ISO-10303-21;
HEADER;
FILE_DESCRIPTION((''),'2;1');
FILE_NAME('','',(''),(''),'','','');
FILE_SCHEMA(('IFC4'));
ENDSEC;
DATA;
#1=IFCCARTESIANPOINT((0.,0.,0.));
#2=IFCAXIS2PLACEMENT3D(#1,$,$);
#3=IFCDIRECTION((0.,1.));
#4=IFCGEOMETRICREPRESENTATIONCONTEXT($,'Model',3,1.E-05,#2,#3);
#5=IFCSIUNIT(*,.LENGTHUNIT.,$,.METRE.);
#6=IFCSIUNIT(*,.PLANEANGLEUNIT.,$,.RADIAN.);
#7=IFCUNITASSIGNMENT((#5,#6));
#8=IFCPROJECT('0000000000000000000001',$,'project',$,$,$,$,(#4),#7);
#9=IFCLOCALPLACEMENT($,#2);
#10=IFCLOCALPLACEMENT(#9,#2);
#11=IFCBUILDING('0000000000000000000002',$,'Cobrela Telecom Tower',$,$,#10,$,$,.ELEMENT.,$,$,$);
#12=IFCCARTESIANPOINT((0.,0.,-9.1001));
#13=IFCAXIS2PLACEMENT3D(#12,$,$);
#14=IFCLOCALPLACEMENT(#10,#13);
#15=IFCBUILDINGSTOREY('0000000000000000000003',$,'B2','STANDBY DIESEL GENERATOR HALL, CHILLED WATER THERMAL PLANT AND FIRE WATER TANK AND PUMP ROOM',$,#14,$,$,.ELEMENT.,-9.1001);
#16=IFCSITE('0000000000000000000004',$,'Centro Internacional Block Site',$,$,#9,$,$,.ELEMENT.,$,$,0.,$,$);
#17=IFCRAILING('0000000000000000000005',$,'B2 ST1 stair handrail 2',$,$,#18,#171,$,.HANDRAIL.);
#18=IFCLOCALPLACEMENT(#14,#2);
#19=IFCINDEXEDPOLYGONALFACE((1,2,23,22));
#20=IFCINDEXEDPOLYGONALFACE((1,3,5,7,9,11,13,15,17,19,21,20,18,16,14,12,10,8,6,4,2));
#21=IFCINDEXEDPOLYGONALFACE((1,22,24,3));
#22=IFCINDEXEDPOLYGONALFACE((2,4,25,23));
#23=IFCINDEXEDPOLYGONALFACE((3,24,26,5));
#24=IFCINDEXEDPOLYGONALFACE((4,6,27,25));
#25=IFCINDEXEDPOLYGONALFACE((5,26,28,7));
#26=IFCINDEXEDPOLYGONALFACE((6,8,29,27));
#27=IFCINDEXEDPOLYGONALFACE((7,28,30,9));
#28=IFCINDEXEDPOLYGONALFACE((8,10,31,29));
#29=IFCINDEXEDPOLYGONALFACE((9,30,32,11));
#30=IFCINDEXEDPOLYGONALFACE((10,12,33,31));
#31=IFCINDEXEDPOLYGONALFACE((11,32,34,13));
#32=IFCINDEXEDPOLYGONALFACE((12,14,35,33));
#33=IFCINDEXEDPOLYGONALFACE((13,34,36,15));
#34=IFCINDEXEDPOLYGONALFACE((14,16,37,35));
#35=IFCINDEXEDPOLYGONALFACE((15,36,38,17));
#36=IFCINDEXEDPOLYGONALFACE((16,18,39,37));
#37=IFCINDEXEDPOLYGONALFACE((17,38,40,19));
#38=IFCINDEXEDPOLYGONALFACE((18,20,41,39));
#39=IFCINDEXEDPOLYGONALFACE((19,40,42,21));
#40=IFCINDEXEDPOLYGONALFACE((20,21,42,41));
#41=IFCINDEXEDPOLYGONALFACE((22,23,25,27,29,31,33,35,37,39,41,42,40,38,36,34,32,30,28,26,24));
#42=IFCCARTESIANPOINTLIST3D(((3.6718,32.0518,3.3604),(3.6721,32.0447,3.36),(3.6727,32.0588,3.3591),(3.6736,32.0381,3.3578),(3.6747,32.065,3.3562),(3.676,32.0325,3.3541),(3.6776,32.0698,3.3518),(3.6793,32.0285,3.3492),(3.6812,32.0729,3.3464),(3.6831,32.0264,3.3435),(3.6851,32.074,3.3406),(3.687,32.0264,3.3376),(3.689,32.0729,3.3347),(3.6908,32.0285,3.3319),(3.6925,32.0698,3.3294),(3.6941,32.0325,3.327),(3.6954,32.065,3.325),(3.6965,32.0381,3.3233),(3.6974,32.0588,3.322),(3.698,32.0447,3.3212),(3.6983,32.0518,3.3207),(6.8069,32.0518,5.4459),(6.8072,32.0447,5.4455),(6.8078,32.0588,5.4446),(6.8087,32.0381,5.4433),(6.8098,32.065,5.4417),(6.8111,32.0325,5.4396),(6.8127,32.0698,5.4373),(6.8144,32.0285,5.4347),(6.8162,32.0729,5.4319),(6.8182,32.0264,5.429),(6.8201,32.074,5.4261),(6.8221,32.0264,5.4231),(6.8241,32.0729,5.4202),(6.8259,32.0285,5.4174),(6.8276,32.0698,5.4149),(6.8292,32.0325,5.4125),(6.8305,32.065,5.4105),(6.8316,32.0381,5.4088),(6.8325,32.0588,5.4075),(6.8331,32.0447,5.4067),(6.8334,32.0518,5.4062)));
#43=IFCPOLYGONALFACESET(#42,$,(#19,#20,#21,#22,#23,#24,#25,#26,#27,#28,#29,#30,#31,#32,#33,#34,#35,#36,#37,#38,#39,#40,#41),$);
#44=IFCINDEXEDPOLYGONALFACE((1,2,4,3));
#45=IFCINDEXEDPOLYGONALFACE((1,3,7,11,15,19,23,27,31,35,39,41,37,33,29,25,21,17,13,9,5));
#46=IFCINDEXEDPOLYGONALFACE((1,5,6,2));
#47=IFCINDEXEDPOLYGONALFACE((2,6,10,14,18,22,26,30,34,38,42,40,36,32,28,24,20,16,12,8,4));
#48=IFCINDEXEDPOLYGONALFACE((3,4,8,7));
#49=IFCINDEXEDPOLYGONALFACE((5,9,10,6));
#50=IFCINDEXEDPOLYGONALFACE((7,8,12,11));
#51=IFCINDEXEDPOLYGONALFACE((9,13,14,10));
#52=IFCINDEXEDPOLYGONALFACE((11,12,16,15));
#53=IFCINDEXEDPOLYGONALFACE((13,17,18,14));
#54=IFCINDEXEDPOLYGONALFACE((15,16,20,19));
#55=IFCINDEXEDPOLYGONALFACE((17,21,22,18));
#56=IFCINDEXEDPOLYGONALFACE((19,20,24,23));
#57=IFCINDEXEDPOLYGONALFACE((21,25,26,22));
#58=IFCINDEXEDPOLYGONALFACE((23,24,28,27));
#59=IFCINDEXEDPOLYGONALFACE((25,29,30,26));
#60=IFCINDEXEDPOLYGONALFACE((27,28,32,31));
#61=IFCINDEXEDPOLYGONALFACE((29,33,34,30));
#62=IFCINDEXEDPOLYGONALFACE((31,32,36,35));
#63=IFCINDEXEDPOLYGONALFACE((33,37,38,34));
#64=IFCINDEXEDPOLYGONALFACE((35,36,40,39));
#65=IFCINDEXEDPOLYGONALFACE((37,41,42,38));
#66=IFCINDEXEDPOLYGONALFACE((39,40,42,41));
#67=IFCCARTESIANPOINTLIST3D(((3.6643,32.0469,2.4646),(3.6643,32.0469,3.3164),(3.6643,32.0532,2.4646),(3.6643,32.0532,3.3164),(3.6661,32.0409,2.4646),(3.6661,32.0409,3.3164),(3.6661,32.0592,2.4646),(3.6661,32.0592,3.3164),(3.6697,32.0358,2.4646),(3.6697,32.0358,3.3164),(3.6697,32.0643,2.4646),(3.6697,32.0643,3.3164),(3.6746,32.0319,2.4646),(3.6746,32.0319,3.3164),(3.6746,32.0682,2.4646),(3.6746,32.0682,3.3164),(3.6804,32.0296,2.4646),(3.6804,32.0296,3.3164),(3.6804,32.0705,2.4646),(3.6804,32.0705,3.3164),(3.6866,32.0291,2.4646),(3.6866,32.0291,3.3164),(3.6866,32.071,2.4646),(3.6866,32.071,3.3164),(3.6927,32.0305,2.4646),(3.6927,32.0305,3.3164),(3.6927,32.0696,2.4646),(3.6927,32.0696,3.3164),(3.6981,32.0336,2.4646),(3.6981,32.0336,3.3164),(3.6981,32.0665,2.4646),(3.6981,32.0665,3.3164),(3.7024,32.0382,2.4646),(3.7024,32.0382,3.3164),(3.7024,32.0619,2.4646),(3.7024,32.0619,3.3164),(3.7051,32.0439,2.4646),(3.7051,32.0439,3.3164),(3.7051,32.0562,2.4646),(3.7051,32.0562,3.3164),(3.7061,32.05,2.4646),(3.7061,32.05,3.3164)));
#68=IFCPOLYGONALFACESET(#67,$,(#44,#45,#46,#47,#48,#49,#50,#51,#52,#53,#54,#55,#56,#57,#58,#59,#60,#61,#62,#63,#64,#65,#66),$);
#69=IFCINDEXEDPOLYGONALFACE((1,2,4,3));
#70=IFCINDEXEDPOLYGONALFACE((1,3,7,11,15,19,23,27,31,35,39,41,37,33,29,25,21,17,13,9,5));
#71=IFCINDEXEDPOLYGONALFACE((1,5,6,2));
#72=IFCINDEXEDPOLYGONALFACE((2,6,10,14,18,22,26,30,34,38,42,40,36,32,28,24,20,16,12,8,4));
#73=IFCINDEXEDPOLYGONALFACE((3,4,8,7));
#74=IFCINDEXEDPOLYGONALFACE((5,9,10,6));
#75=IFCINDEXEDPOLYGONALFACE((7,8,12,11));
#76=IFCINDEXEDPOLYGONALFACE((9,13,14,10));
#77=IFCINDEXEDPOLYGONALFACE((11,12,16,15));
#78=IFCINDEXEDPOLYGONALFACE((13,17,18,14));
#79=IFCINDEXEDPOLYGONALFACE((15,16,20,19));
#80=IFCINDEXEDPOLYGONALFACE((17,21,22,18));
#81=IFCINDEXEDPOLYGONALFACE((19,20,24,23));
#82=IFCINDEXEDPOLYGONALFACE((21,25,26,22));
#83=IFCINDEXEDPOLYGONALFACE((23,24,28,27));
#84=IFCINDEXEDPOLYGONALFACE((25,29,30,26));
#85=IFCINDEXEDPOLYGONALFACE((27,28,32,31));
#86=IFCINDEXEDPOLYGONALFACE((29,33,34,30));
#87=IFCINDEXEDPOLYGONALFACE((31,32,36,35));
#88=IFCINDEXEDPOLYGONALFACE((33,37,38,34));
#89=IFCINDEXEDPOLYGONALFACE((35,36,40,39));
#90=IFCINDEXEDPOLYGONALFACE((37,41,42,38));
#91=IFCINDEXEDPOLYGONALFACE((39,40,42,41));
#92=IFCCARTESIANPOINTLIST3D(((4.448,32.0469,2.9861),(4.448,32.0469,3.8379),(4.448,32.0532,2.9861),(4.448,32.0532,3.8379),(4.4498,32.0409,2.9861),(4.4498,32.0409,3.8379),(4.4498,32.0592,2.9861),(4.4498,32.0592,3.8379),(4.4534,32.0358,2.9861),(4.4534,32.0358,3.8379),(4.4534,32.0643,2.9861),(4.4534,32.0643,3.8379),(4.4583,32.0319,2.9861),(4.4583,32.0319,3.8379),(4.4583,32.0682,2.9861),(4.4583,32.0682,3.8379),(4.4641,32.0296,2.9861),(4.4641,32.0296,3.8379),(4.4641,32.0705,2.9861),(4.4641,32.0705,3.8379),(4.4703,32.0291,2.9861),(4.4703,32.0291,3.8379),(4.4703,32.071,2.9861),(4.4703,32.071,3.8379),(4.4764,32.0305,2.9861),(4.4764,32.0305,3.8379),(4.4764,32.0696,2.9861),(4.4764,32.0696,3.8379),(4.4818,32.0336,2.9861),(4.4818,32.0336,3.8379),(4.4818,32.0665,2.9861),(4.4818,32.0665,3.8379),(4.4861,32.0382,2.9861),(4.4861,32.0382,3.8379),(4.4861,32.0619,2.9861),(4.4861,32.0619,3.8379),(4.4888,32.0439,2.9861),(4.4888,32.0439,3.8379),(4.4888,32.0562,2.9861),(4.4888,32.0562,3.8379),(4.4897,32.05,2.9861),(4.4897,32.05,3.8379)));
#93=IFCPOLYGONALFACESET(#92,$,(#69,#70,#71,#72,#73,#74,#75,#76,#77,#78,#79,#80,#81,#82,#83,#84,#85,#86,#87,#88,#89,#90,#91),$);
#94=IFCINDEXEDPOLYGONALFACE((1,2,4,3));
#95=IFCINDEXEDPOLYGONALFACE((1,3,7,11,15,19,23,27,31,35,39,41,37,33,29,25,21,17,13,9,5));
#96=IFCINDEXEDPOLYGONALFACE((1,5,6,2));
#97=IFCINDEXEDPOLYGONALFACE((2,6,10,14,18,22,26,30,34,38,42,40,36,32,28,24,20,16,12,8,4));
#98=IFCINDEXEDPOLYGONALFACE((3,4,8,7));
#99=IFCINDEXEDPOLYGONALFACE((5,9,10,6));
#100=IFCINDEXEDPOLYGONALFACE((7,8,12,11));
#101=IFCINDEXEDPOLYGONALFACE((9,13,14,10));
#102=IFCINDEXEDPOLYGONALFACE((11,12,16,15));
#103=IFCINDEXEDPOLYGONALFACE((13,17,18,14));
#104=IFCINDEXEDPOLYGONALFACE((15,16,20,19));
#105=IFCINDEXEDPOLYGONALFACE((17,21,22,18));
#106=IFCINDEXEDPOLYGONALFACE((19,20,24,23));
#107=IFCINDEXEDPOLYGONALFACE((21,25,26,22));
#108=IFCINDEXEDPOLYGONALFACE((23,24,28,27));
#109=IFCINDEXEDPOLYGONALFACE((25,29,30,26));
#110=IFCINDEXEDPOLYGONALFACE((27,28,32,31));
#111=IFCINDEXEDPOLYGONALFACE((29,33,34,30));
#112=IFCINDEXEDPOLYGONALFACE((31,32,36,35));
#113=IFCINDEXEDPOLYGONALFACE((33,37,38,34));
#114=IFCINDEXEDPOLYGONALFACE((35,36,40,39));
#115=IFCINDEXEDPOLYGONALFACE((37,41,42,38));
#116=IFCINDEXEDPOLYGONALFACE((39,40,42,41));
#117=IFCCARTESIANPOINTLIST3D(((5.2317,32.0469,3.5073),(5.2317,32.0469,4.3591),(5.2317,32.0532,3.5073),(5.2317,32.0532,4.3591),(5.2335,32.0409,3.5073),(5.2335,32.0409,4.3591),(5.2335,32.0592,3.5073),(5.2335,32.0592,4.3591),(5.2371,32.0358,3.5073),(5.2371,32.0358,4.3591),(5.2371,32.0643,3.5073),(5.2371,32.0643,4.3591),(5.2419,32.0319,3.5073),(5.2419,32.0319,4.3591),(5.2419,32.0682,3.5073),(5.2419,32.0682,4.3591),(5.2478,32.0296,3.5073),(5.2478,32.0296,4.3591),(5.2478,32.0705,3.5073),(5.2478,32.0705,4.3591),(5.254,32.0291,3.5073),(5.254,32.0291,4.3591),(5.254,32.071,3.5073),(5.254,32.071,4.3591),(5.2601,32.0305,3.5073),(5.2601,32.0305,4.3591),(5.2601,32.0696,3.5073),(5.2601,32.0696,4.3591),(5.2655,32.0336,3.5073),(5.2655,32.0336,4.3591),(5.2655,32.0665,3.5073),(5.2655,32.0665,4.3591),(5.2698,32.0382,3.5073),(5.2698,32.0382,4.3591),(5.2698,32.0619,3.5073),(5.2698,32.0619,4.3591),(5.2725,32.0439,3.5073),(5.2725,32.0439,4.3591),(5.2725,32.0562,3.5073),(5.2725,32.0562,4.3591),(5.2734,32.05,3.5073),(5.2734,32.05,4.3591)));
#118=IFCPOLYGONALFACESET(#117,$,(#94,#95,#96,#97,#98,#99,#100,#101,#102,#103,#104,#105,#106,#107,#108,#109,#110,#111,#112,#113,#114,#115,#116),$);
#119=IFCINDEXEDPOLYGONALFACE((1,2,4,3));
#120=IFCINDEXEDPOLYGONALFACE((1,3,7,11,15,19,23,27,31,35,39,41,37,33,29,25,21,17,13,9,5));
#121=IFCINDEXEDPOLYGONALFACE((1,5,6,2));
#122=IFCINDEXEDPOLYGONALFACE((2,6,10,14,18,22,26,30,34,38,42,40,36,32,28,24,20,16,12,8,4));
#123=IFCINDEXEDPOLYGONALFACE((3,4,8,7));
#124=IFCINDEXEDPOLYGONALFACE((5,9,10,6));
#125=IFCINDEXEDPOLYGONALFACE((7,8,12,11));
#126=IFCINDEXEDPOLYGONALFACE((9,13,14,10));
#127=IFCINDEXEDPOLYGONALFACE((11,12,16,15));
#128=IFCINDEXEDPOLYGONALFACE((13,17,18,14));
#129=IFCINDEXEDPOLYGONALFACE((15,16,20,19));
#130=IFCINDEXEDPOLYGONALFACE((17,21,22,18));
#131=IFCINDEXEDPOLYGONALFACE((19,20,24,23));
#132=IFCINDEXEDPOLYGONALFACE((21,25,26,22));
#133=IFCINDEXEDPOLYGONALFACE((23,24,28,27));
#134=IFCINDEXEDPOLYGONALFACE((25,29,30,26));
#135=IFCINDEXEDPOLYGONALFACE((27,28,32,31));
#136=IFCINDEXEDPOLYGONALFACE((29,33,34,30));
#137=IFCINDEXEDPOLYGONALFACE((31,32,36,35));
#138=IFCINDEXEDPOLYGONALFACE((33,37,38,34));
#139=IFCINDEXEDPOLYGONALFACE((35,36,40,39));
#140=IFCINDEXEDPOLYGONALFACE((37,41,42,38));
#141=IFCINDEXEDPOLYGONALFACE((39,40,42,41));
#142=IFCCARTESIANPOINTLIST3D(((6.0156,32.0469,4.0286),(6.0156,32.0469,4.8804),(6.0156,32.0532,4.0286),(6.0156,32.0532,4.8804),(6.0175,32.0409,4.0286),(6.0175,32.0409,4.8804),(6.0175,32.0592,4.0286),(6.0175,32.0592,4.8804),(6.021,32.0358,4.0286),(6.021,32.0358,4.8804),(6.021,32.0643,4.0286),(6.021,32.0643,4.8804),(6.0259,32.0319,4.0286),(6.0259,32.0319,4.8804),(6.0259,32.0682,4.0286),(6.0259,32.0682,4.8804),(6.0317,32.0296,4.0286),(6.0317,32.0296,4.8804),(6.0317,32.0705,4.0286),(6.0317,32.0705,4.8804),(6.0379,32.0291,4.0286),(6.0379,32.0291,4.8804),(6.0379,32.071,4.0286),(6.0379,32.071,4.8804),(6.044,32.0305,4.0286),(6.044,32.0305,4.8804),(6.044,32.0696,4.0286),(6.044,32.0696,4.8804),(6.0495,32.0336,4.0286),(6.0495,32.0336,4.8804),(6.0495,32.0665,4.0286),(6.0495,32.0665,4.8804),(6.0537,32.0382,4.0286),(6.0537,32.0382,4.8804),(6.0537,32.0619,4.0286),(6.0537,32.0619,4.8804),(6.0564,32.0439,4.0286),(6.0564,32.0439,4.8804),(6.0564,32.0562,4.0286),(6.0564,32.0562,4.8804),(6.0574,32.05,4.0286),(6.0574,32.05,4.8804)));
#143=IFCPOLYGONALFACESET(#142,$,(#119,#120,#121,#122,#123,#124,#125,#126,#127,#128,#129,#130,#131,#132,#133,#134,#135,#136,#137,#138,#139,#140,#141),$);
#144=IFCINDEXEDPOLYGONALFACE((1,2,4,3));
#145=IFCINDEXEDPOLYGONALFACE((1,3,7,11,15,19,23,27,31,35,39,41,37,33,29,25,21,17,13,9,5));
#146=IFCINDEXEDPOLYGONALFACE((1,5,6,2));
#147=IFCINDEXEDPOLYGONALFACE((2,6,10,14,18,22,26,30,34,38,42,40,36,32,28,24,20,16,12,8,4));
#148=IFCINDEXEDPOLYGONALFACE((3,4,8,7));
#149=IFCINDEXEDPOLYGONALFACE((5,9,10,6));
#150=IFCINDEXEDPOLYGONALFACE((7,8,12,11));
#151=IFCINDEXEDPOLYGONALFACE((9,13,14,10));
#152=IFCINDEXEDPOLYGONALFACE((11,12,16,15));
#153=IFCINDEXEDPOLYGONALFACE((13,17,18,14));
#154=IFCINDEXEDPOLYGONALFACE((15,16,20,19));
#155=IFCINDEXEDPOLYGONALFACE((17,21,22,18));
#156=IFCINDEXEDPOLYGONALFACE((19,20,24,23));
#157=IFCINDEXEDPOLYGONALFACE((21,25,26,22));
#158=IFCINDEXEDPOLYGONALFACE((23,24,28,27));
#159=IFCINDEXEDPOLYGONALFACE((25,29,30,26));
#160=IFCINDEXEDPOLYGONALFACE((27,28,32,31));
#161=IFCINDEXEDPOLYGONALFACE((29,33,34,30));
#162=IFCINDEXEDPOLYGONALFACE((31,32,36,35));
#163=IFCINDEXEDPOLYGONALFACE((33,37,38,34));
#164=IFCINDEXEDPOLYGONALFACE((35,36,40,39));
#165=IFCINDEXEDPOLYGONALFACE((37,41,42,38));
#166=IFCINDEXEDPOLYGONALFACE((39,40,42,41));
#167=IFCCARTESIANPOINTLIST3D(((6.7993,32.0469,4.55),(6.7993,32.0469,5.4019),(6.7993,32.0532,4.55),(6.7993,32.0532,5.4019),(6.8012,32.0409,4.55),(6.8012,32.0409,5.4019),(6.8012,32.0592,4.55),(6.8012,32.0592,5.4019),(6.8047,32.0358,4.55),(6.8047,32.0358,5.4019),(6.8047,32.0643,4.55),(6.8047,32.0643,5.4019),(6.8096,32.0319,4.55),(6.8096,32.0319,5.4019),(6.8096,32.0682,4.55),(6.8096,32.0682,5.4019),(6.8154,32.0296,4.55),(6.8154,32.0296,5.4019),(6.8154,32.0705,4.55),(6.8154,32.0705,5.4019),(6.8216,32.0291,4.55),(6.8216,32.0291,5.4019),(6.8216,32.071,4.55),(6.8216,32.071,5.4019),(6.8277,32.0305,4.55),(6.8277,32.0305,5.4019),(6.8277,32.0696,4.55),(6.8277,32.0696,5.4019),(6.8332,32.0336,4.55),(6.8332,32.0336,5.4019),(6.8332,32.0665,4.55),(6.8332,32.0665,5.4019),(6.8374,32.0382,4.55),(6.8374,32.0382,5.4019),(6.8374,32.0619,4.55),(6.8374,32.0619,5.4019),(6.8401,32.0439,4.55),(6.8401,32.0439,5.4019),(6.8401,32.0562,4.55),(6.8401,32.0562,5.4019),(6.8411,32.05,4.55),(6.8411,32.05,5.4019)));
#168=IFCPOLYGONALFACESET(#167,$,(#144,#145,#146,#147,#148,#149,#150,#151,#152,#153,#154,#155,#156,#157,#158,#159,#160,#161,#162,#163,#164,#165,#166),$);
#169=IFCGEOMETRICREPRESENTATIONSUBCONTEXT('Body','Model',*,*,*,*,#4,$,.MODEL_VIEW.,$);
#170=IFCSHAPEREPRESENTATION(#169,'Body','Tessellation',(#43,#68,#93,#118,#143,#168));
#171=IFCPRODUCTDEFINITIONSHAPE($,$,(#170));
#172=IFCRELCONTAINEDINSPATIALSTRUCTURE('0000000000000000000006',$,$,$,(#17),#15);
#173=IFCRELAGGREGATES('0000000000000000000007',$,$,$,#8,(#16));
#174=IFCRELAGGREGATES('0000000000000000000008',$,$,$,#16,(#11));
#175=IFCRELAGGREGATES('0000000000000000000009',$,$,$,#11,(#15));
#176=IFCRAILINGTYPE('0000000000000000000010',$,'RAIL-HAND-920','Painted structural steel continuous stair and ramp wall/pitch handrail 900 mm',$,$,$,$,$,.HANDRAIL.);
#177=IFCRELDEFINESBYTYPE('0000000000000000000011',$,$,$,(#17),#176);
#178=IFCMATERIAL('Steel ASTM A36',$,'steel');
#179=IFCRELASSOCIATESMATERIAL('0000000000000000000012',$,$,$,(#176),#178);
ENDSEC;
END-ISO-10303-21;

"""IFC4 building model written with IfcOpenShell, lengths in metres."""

from ifc_helpers import new_model, si_unit, direction, frame, origin, origin_2d, place, context, subcontext, project, spatial, circle, extrude, material, type_object, element, save


model = new_model("IFC4")

# Units and contexts
model_context = context("Model", 3, precision=1e-05, world=origin(), true_north=direction((0.0, 1.0)))
body_context = subcontext(model_context, "Body", "Model", "MODEL_VIEW")
ifc_project = project(units=[si_unit("LENGTHUNIT", "METRE"), si_unit("PLANEANGLEUNIT", "RADIAN")], contexts=[model_context])

# Site, building, storey
site_placement = place(None, origin())
site = spatial("IfcSite", under=ifc_project, at=site_placement, Name="Centro Internacional Block Site", CompositionType="ELEMENT", RefElevation=0.0)
building_placement = place(site_placement, origin())
building = spatial("IfcBuilding", under=site, at=building_placement, Name="Cobrela Telecom Tower", CompositionType="ELEMENT")
storey_placement = place(building_placement, frame((0.0, 0.0, -9.1001)))
storey = spatial("IfcBuildingStorey", under=building, at=storey_placement, Name="B2", Description="STANDBY DIESEL GENERATOR HALL, CHILLED WATER THERMAL PLANT AND FIRE WATER TANK AND PUMP ROOM", CompositionType="ELEMENT", Elevation=-9.1001)

# Railing
ifc_material_1 = material(Name="Steel ASTM A36", Category="steel")
railing_type_1 = type_object("IfcRailingType", Name="RAIL-HAND-920", Description="Painted structural steel continuous stair and ramp wall/pitch handrail 900 mm", PredefinedType="HANDRAIL", material=ifc_material_1)
railing_1_placement = place(storey_placement, frame((3.6851, 32.05, 2.4646)))
element("IfcRailing", 1, at=railing_1_placement, inside=storey, type_object=railing_type_1, Name="B2 ST1 stair handrail 2", PredefinedType="HANDRAIL", context=body_context, shape_type="SweptSolid", body=[
    extrude(circle(Radius=0.0239, at=origin_2d()), frame((0.0, 0.0, 0.876), z_axis=(0.832608, 0.0, 0.553862), x_axis=(0.0, 1.0, 0.0)), (0.0, 0.0, 1.0), 3.7654),
    extrude(circle(Radius=0.021, at=origin_2d()), origin(), (0.0, 0.0, 1.0), 0.8518),
    extrude(circle(Radius=0.021, at=origin_2d()), frame((0.7837, 0.0, 0.5215)), (0.0, 0.0, 1.0), 0.8518),
    extrude(circle(Radius=0.021, at=origin_2d()), frame((1.5674, 0.0, 1.0427)), (0.0, 0.0, 1.0), 0.8518),
    extrude(circle(Radius=0.021, at=origin_2d()), frame((2.3513, 0.0, 1.564)), (0.0, 0.0, 1.0), 0.8518),
    extrude(circle(Radius=0.021, at=origin_2d()), frame((3.135, 0.0, 2.0854)), (0.0, 0.0, 1.0), 0.8518),
])

save(model, "model.ifc")
